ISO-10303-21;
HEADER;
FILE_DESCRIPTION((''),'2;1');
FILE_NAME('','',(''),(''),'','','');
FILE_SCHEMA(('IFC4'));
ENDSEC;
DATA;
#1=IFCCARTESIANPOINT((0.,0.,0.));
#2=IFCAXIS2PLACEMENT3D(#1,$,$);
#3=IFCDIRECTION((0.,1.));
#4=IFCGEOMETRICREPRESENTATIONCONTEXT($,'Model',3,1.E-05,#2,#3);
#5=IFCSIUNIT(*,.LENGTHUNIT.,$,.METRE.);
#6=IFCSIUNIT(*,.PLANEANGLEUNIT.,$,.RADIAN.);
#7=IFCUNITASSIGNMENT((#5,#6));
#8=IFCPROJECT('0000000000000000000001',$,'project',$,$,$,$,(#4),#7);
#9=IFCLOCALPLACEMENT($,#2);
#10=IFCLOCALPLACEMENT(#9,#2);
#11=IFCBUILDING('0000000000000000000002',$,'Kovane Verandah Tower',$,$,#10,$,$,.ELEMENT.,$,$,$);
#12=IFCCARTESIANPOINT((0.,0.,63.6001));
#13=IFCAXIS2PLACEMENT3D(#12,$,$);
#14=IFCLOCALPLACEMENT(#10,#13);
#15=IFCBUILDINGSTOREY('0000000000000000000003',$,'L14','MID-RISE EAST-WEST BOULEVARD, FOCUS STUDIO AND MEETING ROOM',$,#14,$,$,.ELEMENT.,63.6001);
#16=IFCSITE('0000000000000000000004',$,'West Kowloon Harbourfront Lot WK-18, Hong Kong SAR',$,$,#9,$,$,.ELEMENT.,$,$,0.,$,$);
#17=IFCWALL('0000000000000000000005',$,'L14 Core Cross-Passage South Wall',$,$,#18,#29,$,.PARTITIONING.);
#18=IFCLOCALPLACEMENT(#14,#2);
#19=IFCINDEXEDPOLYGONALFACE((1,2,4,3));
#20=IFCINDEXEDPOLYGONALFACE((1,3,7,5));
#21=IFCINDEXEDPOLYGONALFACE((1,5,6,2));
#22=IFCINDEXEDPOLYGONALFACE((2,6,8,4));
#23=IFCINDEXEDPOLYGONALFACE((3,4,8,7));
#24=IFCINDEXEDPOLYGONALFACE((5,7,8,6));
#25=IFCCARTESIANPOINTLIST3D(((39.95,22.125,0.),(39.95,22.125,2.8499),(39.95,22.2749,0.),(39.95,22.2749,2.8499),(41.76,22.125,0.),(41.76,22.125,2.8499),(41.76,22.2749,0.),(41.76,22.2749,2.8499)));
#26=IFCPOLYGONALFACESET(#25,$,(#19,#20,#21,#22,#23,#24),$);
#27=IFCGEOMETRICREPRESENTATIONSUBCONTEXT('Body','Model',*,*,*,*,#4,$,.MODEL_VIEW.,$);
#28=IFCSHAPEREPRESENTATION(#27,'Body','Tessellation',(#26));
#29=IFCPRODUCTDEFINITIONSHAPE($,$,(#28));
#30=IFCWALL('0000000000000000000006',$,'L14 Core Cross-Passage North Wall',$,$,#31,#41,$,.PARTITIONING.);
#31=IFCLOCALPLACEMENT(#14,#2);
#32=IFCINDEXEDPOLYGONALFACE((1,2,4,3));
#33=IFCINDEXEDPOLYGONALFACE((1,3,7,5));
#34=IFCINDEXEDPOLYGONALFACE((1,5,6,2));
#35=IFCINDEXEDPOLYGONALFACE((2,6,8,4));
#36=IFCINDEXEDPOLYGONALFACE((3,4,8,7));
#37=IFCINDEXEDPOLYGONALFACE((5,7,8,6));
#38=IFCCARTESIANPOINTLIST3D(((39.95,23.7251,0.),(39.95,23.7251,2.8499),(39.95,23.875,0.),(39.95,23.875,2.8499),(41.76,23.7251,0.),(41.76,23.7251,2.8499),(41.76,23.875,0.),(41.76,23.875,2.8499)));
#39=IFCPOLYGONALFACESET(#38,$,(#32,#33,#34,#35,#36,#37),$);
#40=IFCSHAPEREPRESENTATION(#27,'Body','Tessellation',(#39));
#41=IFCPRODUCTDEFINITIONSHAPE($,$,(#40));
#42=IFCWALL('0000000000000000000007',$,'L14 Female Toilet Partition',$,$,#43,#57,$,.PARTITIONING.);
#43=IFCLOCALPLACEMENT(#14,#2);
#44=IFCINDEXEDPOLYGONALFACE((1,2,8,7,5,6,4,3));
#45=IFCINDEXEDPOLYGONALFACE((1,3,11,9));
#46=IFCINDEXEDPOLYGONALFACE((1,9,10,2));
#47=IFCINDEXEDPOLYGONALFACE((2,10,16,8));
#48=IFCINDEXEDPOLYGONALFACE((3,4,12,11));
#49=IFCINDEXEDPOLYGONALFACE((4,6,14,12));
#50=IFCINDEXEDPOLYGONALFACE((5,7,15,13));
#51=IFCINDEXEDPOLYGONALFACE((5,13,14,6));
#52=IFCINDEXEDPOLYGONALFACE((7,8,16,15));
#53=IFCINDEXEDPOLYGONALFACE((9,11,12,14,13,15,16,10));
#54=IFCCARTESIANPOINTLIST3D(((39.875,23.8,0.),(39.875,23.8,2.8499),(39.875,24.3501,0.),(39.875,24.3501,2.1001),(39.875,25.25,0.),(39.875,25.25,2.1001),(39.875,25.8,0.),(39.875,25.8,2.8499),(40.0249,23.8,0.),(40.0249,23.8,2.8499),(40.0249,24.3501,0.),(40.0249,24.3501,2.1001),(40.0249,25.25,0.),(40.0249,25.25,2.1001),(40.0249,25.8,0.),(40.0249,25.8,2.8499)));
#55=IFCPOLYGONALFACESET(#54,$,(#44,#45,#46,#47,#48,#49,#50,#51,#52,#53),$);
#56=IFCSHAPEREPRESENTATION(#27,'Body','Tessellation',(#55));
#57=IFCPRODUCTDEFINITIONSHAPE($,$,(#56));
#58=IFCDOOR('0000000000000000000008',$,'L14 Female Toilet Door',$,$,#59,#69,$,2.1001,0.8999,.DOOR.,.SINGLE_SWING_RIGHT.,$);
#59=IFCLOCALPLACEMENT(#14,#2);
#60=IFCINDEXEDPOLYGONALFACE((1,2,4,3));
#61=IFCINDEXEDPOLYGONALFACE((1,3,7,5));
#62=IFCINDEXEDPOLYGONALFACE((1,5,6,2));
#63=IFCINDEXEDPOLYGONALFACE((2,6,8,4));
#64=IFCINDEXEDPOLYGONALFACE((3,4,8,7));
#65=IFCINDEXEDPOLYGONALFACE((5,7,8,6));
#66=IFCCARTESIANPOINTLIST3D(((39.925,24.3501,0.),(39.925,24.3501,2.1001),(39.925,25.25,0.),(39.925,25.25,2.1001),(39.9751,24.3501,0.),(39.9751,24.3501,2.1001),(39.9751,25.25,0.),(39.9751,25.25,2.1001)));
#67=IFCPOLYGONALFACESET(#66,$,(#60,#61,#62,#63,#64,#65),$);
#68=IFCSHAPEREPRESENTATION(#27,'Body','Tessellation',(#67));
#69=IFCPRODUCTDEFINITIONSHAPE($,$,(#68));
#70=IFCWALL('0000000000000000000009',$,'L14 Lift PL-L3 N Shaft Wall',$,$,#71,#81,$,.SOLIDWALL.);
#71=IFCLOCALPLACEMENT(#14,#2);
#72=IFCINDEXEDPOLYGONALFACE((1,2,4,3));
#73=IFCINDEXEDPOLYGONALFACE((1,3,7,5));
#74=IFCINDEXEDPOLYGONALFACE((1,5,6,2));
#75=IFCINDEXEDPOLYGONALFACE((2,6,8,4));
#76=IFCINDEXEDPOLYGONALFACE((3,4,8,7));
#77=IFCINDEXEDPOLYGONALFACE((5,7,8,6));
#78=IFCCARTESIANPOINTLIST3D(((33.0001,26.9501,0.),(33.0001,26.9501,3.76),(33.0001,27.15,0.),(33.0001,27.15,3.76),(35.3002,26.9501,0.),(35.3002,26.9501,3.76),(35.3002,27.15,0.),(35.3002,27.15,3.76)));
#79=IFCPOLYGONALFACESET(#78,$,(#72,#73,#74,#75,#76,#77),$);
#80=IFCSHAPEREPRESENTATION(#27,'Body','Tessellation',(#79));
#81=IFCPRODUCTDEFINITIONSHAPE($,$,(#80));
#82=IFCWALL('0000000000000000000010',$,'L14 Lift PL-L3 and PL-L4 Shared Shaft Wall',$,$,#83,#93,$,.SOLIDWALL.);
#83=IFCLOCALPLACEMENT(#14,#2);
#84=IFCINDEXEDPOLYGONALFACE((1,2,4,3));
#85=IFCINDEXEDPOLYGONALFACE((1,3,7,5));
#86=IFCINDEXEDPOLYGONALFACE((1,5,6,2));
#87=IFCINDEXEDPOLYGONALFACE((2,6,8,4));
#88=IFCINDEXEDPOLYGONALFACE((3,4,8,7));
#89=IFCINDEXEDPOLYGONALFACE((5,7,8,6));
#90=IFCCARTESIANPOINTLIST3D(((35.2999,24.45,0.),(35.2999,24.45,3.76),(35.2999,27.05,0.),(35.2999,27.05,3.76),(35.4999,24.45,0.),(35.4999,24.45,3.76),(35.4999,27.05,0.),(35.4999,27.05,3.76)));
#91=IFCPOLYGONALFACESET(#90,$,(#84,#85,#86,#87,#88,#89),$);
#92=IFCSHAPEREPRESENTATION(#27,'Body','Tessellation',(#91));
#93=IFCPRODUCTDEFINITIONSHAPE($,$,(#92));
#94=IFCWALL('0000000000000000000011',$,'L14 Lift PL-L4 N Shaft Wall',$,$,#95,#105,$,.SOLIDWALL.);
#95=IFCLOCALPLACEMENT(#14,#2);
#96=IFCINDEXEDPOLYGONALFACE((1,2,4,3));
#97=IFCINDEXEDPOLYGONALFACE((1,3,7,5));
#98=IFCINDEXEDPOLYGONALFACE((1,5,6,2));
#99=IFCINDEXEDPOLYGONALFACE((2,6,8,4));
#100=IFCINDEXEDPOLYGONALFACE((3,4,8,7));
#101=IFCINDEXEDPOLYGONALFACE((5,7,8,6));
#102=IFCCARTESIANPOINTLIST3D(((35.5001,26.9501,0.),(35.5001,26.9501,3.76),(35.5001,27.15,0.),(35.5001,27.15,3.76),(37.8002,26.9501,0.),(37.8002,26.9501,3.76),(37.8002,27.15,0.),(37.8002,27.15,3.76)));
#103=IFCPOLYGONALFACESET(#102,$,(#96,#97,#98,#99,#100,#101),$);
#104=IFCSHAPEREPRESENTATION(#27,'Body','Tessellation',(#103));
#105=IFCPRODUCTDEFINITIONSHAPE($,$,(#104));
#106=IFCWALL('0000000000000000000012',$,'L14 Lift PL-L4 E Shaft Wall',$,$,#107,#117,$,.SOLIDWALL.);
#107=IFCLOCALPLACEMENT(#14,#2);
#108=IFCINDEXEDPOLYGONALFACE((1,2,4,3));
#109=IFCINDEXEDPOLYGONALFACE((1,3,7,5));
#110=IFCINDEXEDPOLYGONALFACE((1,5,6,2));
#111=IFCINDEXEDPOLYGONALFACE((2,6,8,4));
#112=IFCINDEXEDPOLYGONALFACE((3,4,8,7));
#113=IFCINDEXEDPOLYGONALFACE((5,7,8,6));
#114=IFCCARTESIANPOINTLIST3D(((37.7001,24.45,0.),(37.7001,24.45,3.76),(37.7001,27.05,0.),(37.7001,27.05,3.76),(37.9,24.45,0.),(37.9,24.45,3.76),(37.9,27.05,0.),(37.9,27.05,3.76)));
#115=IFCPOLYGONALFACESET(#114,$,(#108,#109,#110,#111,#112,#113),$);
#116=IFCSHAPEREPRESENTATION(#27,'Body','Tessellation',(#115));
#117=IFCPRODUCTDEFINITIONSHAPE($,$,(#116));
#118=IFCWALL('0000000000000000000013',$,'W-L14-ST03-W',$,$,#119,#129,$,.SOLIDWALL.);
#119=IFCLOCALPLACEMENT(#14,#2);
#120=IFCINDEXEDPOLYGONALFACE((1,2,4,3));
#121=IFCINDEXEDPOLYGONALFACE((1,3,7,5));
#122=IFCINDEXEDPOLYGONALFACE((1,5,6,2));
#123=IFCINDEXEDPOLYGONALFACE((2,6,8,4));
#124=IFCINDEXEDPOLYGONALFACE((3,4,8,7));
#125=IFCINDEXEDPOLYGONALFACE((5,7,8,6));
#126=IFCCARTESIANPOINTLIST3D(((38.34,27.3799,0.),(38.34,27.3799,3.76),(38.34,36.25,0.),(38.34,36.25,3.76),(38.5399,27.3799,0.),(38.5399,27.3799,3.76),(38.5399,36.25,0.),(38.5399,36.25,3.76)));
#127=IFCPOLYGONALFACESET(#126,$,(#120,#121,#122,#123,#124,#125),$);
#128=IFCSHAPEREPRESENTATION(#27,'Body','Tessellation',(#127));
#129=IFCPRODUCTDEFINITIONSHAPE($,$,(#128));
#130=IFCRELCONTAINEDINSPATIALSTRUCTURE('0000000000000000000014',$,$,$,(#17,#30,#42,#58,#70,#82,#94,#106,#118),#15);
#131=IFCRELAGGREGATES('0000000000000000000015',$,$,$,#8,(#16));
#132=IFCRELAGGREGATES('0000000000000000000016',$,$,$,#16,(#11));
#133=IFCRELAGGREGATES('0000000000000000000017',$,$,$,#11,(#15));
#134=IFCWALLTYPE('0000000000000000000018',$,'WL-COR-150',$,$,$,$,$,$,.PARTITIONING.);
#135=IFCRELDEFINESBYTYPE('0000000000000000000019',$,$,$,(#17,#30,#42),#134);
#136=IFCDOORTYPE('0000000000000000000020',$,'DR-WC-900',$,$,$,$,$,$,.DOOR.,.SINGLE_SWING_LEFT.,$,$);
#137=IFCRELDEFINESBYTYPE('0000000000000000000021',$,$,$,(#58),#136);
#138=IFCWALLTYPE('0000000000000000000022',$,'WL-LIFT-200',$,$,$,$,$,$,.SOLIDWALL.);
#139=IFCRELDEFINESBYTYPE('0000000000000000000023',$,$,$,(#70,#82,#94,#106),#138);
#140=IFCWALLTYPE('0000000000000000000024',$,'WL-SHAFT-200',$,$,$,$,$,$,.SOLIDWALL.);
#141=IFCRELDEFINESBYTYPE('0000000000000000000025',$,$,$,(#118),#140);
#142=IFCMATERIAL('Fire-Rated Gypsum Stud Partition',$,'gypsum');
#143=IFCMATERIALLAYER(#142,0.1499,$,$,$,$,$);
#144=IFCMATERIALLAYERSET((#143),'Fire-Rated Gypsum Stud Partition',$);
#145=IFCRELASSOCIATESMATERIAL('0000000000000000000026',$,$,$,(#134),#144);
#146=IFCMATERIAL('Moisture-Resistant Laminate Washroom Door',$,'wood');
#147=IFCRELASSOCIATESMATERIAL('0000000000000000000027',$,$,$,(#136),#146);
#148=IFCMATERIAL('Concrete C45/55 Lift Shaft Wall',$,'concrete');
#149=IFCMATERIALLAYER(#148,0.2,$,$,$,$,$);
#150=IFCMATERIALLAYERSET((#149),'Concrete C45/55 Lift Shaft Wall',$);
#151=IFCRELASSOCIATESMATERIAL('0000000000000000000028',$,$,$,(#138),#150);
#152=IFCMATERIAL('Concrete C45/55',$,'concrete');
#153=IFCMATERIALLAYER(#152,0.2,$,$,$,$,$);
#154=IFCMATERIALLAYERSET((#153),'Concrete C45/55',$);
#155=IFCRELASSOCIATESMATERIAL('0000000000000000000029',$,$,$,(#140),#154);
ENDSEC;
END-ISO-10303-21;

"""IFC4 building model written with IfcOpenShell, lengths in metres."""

from ifc_helpers import new_model, si_unit, direction, frame, frame_2d, origin, place, context, subcontext, project, spatial, rectangle, extrude, material, layer, layer_set, type_object, element, fill, save


model = new_model("IFC4")

# Units and contexts
model_context = context("Model", 3, precision=1e-05, world=origin(), true_north=direction((0.0, 1.0)))
body_context = subcontext(model_context, "Body", "Model", "MODEL_VIEW")
ifc_project = project(units=[si_unit("LENGTHUNIT", "METRE"), si_unit("PLANEANGLEUNIT", "RADIAN")], contexts=[model_context])

# Site, building, storey
site_placement = place(None, origin())
site = spatial("IfcSite", under=ifc_project, at=site_placement, Name="West Kowloon Harbourfront Lot WK-18, Hong Kong SAR", CompositionType="ELEMENT", RefElevation=0.0)
building_placement = place(site_placement, origin())
building = spatial("IfcBuilding", under=site, at=building_placement, Name="Kovane Verandah Tower", CompositionType="ELEMENT")
storey_placement = place(building_placement, frame((0.0, 0.0, 63.6001)))
storey = spatial("IfcBuildingStorey", under=building, at=storey_placement, Name="L14", Description="MID-RISE EAST-WEST BOULEVARD, FOCUS STUDIO AND MEETING ROOM", CompositionType="ELEMENT", Elevation=63.6001)

# Walls
ifc_material_1 = material(Name="Fire-Rated Gypsum Stud Partition", Category="gypsum")
ifc_layer_1 = layer(ifc_material_1, 0.1499)
ifc_layer_set_1 = layer_set([ifc_layer_1], Name="Fire-Rated Gypsum Stud Partition")
wall_type_1 = type_object("IfcWallType", Name="WL-COR-150", PredefinedType="PARTITIONING", material=ifc_layer_set_1)
for number, where, z_axis, x_axis, name in (
    (1, (39.95, 22.2, 0.0), (0.0, 0.0, 1.0), (1.0, 0.0, 0.0), "L14 Core Cross-Passage South Wall"),
    (2, (39.95, 23.8, 0.0), (0.0, 0.0, 1.0), (1.0, 0.0, 0.0), "L14 Core Cross-Passage North Wall"),
):
    element("IfcWall", number, at=place(storey_placement, frame(where, z_axis=z_axis, x_axis=x_axis)), inside=storey, type_object=wall_type_1, Name=name, PredefinedType="PARTITIONING", context=body_context, shape_type="SweptSolid", body=[
        extrude(rectangle(XDim=1.8101, YDim=0.1499, at=frame_2d((0.905, 0.0))), origin(), (0.0, 0.0, 1.0), 2.8499),
    ])

# Wall, opening, door
wall_1_placement = place(storey_placement, frame((39.95, 23.8, 0.0), z_axis=(0.0, 0.0, 1.0), x_axis=(0.0, 1.0, 0.0)))
wall_1 = element("IfcWall", 3, at=wall_1_placement, inside=storey, type_object=wall_type_1, Name="L14 Female Toilet Partition", PredefinedType="PARTITIONING", context=body_context, shape_type="SweptSolid", body=[
    extrude(rectangle(XDim=2.0, YDim=0.1499, at=frame_2d((1.0, 0.0))), origin(), (0.0, 0.0, 1.0), 2.8499),
])
opening_1_placement = place(wall_1_placement, frame((0.55, 0.0, 0.0)))
opening_1 = element("IfcOpeningElement", 4, at=opening_1_placement, cuts=wall_1, PredefinedType="OPENING", context=body_context, shape_type="SweptSolid", body=[
    extrude(rectangle(XDim=0.8999, YDim=2.1001, at=frame_2d((0.45, 1.05))), frame((0.0, 0.075, 0.0), z_axis=(0.0, -1.0, 0.0), x_axis=(1.0, 0.0, 0.0)), (0.0, 0.0, 1.0), 0.1499),
])
ifc_material_2 = material(Name="Moisture-Resistant Laminate Washroom Door", Category="wood")
door_type_1 = type_object("IfcDoorType", Name="DR-WC-900", OperationType="SINGLE_SWING_LEFT", PredefinedType="DOOR", material=ifc_material_2)
door_1_placement = place(opening_1_placement, origin())
door_1 = element("IfcDoor", 5, at=door_1_placement, inside=storey, type_object=door_type_1, Name="L14 Female Toilet Door", OperationType="SINGLE_SWING_RIGHT", OverallHeight=2.1001, OverallWidth=0.8999, PredefinedType="DOOR", context=body_context, shape_type="SweptSolid", body=[
    extrude(rectangle(XDim=0.8999, YDim=2.1001, at=frame_2d((0.45, 1.05))), frame((0.0, 0.0249, 0.0), z_axis=(0.0, -1.0, 0.0), x_axis=(1.0, 0.0, 0.0)), (0.0, 0.0, 1.0), 0.05),
])
fill(opening_1, door_1)

# Walls
ifc_material_3 = material(Name="Concrete C45/55 Lift Shaft Wall", Category="concrete")
ifc_layer_2 = layer(ifc_material_3, 0.2)
ifc_layer_set_2 = layer_set([ifc_layer_2], Name="Concrete C45/55 Lift Shaft Wall")
wall_type_2 = type_object("IfcWallType", Name="WL-LIFT-200", PredefinedType="SOLIDWALL", material=ifc_layer_set_2)
wall_2_placement = place(storey_placement, frame((35.3, 27.05, 0.0), z_axis=(0.0, 0.0, 1.0), x_axis=(-1.0, 0.0, 0.0)))
element("IfcWall", 6, at=wall_2_placement, inside=storey, type_object=wall_type_2, Name="L14 Lift PL-L3 N Shaft Wall", PredefinedType="SOLIDWALL", context=body_context, shape_type="SweptSolid", body=[
    extrude(rectangle(XDim=2.3, YDim=0.2, at=frame_2d((1.1499, 0.0))), origin(), (0.0, 0.0, 1.0), 3.76),
])
wall_3_placement = place(storey_placement, frame((35.3999, 24.45, 0.0), z_axis=(0.0, 0.0, 1.0), x_axis=(0.0, 1.0, 0.0)))
element("IfcWall", 7, at=wall_3_placement, inside=storey, type_object=wall_type_2, Name="L14 Lift PL-L3 and PL-L4 Shared Shaft Wall", PredefinedType="SOLIDWALL", context=body_context, shape_type="SweptSolid", body=[
    extrude(rectangle(XDim=2.6001, YDim=0.2, at=frame_2d((1.3, 0.0))), origin(), (0.0, 0.0, 1.0), 3.76),
])

# Walls
wall_4_placement = place(storey_placement, frame((37.8, 27.05, 0.0), z_axis=(0.0, 0.0, 1.0), x_axis=(-1.0, 0.0, 0.0)))
element("IfcWall", 8, at=wall_4_placement, inside=storey, type_object=wall_type_2, Name="L14 Lift PL-L4 N Shaft Wall", PredefinedType="SOLIDWALL", context=body_context, shape_type="SweptSolid", body=[
    extrude(rectangle(XDim=2.3, YDim=0.2, at=frame_2d((1.1499, 0.0))), origin(), (0.0, 0.0, 1.0), 3.76),
])
wall_5_placement = place(storey_placement, frame((37.8, 24.45, 0.0), z_axis=(0.0, 0.0, 1.0), x_axis=(0.0, 1.0, 0.0)))
element("IfcWall", 9, at=wall_5_placement, inside=storey, type_object=wall_type_2, Name="L14 Lift PL-L4 E Shaft Wall", PredefinedType="SOLIDWALL", context=body_context, shape_type="SweptSolid", body=[
    extrude(rectangle(XDim=2.6001, YDim=0.2, at=frame_2d((1.3, 0.0))), origin(), (0.0, 0.0, 1.0), 3.76),
])
ifc_material_4 = material(Name="Concrete C45/55", Category="concrete")
ifc_layer_3 = layer(ifc_material_4, 0.2)
ifc_layer_set_3 = layer_set([ifc_layer_3], Name="Concrete C45/55")
wall_type_3 = type_object("IfcWallType", Name="WL-SHAFT-200", PredefinedType="SOLIDWALL", material=ifc_layer_set_3)
wall_6_placement = place(storey_placement, frame((38.4399, 27.3799, 0.0), z_axis=(0.0, 0.0, 1.0), x_axis=(0.0, 1.0, 0.0)))
element("IfcWall", 10, at=wall_6_placement, inside=storey, type_object=wall_type_3, Name="W-L14-ST03-W", PredefinedType="SOLIDWALL", context=body_context, shape_type="SweptSolid", body=[
    extrude(rectangle(XDim=8.8701, YDim=0.2, at=frame_2d((4.4351, 0.0))), origin(), (0.0, 0.0, 1.0), 3.76),
])

save(model, "model.ifc")
